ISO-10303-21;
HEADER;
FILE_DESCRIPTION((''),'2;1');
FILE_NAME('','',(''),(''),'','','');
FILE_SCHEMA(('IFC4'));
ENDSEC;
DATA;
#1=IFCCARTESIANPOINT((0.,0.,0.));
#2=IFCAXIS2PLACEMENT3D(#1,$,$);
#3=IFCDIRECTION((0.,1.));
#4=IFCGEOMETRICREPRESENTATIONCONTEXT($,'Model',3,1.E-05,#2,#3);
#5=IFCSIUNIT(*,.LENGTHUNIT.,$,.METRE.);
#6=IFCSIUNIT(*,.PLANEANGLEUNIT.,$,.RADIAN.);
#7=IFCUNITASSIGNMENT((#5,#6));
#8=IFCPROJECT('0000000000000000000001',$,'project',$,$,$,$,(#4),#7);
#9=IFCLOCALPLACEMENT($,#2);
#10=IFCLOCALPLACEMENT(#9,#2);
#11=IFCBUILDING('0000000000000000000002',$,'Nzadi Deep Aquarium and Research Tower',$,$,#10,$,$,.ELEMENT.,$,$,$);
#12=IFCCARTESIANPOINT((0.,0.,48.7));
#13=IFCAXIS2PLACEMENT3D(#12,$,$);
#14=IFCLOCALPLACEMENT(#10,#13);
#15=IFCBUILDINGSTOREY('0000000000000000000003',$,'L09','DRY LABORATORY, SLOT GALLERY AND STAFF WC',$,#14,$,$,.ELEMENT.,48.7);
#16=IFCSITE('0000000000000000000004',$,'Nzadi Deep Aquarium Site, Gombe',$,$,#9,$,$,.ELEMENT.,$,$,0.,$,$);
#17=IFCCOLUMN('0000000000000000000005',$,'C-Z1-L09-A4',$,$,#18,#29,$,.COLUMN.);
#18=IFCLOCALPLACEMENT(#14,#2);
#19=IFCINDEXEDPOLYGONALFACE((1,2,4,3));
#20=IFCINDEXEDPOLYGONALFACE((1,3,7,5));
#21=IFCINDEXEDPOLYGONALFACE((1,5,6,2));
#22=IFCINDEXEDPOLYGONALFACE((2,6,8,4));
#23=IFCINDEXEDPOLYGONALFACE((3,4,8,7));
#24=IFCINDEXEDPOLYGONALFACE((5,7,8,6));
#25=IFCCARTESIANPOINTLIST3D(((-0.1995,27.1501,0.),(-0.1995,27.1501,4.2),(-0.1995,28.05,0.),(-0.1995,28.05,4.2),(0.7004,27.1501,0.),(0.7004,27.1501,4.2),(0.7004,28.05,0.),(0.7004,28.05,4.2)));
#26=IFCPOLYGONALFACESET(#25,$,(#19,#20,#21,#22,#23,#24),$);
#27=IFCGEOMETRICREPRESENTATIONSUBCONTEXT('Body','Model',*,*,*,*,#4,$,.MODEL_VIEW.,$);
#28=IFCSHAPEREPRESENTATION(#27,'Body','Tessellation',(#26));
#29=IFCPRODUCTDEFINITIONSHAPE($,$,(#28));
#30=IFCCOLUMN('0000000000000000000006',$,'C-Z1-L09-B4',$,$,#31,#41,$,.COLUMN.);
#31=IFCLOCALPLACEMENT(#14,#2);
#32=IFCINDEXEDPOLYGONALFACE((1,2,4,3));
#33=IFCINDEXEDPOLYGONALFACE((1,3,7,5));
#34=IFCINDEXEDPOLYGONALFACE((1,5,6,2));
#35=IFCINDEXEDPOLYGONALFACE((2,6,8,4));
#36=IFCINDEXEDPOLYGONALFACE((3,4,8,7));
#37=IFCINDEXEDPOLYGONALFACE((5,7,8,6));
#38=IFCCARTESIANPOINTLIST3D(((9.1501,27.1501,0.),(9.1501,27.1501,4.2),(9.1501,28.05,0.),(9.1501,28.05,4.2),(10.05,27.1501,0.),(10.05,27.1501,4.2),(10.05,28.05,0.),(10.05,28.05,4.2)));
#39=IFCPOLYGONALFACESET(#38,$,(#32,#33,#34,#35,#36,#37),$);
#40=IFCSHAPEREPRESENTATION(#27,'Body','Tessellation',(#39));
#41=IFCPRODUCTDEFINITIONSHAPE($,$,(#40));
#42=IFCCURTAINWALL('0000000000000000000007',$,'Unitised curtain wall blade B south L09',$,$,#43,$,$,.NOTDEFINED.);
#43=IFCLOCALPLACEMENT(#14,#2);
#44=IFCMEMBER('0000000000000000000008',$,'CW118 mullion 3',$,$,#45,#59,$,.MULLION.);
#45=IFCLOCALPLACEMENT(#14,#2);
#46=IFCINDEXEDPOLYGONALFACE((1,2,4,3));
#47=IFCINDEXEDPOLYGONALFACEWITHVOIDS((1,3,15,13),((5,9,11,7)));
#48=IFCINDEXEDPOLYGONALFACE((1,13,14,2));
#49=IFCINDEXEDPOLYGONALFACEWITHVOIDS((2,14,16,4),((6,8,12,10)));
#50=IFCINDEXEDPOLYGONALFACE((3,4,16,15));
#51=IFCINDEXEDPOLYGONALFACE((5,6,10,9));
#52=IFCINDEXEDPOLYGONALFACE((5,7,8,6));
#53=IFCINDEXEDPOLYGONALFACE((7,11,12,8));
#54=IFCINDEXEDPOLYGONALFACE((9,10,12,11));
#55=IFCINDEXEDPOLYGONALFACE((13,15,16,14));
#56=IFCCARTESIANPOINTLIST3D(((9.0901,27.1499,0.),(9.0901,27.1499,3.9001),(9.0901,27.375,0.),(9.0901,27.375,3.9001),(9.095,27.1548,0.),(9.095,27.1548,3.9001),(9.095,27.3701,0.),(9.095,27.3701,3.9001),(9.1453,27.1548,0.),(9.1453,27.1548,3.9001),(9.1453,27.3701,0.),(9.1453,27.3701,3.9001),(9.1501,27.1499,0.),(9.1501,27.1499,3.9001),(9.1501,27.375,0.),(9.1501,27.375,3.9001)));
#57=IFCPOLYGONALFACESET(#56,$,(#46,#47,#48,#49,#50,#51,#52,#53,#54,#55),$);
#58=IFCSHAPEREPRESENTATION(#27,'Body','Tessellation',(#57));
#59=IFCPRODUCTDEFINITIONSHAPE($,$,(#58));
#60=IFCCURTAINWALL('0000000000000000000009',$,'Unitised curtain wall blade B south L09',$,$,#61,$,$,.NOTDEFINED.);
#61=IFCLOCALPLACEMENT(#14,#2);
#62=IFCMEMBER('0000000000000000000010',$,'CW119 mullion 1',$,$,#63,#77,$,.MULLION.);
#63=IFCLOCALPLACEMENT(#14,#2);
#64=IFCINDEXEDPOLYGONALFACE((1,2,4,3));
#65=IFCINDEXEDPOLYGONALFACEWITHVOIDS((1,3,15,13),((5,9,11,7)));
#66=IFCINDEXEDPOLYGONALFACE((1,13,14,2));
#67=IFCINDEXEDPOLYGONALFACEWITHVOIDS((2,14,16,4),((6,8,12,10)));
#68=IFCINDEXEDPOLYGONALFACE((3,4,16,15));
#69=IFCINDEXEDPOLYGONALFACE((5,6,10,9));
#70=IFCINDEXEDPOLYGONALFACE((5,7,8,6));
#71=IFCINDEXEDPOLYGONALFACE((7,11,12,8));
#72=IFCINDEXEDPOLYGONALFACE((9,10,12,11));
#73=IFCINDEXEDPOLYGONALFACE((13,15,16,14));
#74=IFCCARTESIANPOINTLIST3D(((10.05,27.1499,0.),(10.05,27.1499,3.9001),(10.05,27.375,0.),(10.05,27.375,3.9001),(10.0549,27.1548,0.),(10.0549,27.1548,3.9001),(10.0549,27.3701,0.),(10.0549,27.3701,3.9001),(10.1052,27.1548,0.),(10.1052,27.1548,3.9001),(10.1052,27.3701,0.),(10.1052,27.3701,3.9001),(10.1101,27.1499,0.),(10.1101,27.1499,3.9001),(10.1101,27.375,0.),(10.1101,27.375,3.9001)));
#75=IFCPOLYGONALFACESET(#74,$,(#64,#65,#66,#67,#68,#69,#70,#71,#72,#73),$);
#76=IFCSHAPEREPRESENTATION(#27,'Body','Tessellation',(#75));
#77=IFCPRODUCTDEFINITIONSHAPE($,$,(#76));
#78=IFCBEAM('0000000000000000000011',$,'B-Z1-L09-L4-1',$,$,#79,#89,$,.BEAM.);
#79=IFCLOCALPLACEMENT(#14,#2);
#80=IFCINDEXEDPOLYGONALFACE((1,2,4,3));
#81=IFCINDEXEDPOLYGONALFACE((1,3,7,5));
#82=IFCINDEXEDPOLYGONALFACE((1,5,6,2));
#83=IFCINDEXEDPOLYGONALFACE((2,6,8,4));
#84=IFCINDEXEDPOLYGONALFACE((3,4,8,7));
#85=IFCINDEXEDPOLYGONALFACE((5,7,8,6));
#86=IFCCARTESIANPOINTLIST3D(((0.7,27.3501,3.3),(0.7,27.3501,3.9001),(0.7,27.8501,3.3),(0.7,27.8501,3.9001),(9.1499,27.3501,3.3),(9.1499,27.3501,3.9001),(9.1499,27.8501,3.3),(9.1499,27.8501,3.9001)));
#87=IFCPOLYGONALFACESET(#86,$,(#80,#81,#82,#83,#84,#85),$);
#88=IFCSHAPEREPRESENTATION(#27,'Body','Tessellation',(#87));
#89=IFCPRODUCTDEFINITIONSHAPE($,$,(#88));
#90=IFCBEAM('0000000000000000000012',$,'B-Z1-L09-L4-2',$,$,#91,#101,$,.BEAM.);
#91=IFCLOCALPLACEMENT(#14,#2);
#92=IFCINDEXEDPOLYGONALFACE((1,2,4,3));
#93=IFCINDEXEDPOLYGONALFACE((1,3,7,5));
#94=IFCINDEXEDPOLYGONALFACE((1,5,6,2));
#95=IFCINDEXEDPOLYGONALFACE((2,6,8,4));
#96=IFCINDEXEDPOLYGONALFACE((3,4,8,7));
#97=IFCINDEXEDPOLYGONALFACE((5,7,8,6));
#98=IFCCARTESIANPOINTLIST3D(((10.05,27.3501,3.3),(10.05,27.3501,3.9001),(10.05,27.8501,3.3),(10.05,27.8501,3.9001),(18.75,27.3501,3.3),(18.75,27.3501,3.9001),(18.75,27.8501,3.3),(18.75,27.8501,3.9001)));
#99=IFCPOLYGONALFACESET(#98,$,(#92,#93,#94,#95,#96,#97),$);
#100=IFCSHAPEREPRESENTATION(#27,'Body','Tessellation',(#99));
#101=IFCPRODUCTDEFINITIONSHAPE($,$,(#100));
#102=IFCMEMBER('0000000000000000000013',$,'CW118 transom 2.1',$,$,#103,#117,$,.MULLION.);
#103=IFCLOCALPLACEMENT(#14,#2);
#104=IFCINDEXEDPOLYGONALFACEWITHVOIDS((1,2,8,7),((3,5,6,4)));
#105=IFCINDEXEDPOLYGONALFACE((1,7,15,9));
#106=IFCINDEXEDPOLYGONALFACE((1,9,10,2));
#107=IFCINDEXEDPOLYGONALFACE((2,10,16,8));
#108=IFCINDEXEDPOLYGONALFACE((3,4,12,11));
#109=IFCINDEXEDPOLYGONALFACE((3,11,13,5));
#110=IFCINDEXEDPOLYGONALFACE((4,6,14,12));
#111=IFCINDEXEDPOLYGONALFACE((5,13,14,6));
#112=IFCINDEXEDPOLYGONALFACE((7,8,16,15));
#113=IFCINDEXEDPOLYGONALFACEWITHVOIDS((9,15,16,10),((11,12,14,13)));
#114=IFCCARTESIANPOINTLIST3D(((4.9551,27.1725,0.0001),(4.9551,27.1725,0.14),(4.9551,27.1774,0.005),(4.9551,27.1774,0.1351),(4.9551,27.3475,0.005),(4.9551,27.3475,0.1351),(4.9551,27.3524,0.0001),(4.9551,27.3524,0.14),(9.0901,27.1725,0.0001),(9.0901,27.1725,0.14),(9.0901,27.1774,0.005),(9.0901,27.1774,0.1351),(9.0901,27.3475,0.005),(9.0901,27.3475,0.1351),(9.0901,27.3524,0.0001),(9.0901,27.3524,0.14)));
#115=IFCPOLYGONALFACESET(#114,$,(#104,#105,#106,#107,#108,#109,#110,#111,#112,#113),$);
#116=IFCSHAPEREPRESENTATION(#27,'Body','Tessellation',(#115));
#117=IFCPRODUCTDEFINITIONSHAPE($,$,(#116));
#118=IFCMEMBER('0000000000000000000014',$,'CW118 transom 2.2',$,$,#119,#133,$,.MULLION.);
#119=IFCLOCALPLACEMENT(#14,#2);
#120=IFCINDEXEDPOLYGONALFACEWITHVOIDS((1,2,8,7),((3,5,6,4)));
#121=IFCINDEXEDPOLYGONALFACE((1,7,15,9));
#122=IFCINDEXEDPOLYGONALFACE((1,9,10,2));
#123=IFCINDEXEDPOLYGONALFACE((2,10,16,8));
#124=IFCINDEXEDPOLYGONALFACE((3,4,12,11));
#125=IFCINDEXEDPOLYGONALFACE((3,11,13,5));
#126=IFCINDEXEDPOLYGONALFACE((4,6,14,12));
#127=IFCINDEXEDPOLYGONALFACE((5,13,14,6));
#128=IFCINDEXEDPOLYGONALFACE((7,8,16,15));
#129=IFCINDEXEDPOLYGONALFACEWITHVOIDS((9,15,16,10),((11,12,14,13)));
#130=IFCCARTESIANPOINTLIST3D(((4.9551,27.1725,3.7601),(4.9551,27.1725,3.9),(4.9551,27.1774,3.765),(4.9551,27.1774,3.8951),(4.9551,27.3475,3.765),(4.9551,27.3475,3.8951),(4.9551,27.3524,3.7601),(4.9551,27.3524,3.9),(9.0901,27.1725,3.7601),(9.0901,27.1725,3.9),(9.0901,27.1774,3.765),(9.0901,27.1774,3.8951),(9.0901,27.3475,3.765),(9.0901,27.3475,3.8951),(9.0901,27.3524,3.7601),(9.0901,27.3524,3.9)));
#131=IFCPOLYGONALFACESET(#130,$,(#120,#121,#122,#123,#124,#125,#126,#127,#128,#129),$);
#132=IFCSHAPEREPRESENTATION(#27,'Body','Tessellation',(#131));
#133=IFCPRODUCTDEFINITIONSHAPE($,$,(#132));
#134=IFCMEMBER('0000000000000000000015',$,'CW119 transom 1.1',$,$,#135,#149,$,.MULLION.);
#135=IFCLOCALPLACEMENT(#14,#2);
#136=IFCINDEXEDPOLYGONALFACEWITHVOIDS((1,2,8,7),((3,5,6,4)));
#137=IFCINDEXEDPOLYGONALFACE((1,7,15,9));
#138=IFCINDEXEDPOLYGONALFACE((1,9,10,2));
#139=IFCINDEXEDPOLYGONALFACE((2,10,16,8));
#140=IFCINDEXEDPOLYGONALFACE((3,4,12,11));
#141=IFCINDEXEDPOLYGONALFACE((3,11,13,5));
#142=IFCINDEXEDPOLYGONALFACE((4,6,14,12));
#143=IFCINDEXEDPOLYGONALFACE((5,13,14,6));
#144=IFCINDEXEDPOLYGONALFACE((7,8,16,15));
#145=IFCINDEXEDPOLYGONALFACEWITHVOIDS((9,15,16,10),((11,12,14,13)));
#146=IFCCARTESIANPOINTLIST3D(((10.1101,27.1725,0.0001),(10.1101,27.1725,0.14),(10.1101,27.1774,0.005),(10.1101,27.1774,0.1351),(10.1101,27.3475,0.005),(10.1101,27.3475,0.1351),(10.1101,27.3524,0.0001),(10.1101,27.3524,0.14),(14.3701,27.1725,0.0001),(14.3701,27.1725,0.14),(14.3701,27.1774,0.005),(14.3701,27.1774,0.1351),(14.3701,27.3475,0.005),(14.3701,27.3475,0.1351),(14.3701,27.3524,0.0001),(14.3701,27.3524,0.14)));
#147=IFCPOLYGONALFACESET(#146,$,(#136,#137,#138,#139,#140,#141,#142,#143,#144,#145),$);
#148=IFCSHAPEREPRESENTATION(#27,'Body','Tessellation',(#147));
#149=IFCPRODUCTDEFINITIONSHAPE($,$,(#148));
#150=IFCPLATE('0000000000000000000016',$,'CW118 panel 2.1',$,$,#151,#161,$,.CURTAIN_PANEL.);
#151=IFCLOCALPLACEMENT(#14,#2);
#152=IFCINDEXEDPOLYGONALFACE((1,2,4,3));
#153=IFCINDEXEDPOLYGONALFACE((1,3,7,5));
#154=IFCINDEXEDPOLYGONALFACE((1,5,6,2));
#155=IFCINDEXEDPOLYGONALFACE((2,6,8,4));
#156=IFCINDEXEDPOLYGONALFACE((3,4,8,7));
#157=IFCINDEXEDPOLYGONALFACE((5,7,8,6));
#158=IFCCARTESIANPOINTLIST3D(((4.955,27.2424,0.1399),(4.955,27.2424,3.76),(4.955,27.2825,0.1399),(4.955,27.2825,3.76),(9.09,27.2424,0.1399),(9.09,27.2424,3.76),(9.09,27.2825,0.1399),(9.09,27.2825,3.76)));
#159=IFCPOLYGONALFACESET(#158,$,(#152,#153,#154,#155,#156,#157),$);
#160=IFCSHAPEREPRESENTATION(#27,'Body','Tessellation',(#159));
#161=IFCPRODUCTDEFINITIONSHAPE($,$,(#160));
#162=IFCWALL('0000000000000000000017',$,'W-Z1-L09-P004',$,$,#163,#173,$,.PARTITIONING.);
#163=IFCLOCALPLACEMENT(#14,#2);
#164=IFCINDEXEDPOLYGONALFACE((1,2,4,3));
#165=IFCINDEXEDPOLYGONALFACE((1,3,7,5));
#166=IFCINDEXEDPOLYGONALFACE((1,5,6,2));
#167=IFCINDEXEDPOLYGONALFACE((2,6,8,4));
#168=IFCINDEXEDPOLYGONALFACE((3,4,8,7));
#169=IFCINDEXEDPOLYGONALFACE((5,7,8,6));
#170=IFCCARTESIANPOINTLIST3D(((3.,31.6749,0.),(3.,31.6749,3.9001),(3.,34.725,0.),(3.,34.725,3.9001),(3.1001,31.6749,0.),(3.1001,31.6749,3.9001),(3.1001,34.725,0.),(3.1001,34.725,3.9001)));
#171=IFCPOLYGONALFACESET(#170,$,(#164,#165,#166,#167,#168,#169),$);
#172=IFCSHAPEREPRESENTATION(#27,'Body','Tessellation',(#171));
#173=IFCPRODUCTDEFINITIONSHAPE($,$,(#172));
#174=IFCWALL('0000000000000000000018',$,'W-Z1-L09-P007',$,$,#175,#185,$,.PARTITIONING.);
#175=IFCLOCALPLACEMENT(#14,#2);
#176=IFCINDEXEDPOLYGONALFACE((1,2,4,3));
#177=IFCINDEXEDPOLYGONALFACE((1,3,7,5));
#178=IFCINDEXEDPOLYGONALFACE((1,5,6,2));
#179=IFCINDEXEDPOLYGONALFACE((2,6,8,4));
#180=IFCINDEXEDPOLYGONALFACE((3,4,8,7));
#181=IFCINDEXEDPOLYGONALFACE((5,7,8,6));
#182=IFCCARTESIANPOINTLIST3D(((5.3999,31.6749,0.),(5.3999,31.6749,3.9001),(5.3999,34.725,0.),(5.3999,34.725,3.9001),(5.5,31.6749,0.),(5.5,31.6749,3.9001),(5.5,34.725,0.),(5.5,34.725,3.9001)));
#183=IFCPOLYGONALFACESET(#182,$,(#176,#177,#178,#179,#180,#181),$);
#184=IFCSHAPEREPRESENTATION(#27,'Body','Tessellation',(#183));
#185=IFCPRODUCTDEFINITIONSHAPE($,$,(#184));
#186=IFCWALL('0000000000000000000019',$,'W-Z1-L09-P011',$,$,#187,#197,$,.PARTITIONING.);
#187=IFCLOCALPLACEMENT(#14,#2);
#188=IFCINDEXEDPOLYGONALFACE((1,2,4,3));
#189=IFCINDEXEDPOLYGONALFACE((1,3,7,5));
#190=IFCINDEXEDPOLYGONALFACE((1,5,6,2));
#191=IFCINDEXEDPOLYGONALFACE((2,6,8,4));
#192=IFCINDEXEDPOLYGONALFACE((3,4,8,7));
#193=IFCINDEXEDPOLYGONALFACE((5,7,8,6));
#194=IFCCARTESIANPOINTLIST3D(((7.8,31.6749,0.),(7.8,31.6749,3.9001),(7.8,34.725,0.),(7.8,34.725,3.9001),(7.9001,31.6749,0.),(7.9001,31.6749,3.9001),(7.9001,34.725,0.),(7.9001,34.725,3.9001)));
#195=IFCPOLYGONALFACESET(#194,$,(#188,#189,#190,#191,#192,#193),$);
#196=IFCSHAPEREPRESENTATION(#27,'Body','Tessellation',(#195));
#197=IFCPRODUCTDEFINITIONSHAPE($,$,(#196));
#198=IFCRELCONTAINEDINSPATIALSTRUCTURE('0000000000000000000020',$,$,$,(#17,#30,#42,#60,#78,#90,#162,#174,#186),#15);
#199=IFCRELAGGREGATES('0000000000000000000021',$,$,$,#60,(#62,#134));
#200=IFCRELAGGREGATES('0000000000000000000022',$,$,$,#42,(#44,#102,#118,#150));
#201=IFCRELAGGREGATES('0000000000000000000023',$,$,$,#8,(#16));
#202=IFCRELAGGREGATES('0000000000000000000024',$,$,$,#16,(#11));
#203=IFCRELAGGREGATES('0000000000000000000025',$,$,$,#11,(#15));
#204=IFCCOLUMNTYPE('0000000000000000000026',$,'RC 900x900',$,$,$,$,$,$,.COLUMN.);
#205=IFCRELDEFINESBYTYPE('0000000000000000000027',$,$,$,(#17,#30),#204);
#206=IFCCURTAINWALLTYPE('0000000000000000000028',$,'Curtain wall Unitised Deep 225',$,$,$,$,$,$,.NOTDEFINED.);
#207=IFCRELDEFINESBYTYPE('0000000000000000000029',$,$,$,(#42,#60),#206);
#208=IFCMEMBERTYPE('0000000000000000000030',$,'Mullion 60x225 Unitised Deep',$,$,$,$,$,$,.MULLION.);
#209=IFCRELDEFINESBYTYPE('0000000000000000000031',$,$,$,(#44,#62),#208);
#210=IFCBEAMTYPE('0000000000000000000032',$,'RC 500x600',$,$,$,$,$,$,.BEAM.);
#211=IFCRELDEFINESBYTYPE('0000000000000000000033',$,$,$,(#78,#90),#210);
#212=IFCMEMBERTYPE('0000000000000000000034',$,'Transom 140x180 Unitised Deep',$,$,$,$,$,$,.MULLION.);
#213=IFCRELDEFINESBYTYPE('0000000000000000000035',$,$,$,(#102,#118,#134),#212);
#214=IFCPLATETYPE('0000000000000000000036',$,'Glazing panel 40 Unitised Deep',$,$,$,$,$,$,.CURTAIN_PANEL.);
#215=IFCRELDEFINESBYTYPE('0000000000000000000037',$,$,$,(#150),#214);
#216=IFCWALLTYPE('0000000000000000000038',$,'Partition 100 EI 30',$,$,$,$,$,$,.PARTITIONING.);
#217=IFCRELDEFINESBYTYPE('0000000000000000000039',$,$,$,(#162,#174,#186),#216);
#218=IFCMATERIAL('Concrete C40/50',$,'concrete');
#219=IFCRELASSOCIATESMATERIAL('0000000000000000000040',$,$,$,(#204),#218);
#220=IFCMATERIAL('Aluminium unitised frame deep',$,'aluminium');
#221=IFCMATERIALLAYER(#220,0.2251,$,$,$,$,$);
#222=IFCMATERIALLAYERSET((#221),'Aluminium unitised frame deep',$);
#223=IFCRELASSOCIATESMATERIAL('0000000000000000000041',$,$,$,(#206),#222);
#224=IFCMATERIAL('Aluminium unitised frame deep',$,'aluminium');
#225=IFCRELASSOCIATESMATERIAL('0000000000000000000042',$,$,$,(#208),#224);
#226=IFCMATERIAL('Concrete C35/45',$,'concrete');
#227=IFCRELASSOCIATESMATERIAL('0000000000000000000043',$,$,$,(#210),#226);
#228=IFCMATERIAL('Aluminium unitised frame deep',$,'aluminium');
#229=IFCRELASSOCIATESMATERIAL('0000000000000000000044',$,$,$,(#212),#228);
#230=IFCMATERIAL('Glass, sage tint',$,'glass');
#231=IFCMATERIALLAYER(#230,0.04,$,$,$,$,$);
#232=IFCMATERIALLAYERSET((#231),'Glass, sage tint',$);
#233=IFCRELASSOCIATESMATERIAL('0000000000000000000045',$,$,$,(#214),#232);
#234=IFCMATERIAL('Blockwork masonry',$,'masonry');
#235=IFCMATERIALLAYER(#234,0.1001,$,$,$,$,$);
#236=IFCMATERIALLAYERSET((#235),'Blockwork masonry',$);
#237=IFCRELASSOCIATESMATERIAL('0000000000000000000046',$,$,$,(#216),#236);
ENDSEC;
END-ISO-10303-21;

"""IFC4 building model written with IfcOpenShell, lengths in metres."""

from ifc_helpers import new_model, si_unit, direction, frame, frame_2d, origin, origin_2d, place, context, subcontext, project, spatial, rectangle, hollow_rectangle, extrude, material, layer, layer_set, material_profile, profile_set, type_object, element, aggregate, save


model = new_model("IFC4")

# Units and contexts
model_context = context("Model", 3, precision=1e-05, world=origin(), true_north=direction((0.0, 1.0)))
body_context = subcontext(model_context, "Body", "Model", "MODEL_VIEW")
ifc_project = project(units=[si_unit("LENGTHUNIT", "METRE"), si_unit("PLANEANGLEUNIT", "RADIAN")], contexts=[model_context])

# Site, building, storey
site_placement = place(None, origin())
site = spatial("IfcSite", under=ifc_project, at=site_placement, Name="Nzadi Deep Aquarium Site, Gombe", CompositionType="ELEMENT", RefElevation=0.0)
building_placement = place(site_placement, origin())
building = spatial("IfcBuilding", under=site, at=building_placement, Name="Nzadi Deep Aquarium and Research Tower", CompositionType="ELEMENT")
storey_placement = place(building_placement, frame((0.0, 0.0, 48.7)))
storey = spatial("IfcBuildingStorey", under=building, at=storey_placement, Name="L09", Description="DRY LABORATORY, SLOT GALLERY AND STAFF WC", CompositionType="ELEMENT", Elevation=48.7)

# Columns
ifc_material_1 = material(Name="Concrete C40/50", Category="concrete")
ifc_material_profile_1 = material_profile(ifc_material_1, rectangle(XDim=0.8999, YDim=0.8999, at=origin_2d()))
ifc_profile_set_1 = profile_set([ifc_material_profile_1], Name="Concrete C40/50")
column_type = type_object("IfcColumnType", Name="RC 900x900", PredefinedType="COLUMN", material=ifc_profile_set_1)
for number, where, z_axis, x_axis, name in (
    (1, (0.2505, 27.6001, 0.0), (0.0, 0.0, 1.0), (1.0, 0.0, 0.0), "C-Z1-L09-A4"),
    (2, (9.6001, 27.6001, 0.0), (0.0, 0.0, 1.0), (1.0, 0.0, 0.0), "C-Z1-L09-B4"),
):
    element("IfcColumn", number, at=place(storey_placement, frame(where, z_axis=z_axis, x_axis=x_axis)), inside=storey, type_object=column_type, Name=name, PredefinedType="COLUMN", context=body_context, shape_type="SweptSolid", body=[
        extrude(rectangle(XDim=0.8999, YDim=0.8999, at=origin_2d()), origin(), (0.0, 0.0, 1.0), 4.2),
    ])

# Curtain walls, members
ifc_material_2 = material(Name="Aluminium unitised frame deep", Category="aluminium")
ifc_layer_1 = layer(ifc_material_2, 0.2251)
ifc_layer_set_1 = layer_set([ifc_layer_1], Name="Aluminium unitised frame deep")
curtain_wall_type = type_object("IfcCurtainWallType", Name="Curtain wall Unitised Deep 225", PredefinedType="NOTDEFINED", material=ifc_layer_set_1)
curtain_wall_1_placement = place(storey_placement, origin())
curtain_wall_1 = element("IfcCurtainWall", 3, at=curtain_wall_1_placement, inside=storey, type_object=curtain_wall_type, Name="Unitised curtain wall blade B south L09", PredefinedType="NOTDEFINED")
ifc_material_3 = material(Name="Aluminium unitised frame deep", Category="aluminium")
ifc_material_profile_2 = material_profile(ifc_material_3, hollow_rectangle(XDim=0.2251, YDim=0.0601, WallThickness=0.0049, at=origin_2d()))
ifc_profile_set_2 = profile_set([ifc_material_profile_2], Name="Aluminium unitised frame deep")
member_type_1 = type_object("IfcMemberType", Name="Mullion 60x225 Unitised Deep", PredefinedType="MULLION", material=ifc_profile_set_2)
member_1_placement = place(storey_placement, frame((9.1201, 27.2625, 0.0), z_axis=(0.0, 0.0, 1.0), x_axis=(0.0, 1.0, 0.0)))
member_1 = element("IfcMember", 4, at=member_1_placement, type_object=member_type_1, Name="CW118 mullion 3", PredefinedType="MULLION", context=body_context, shape_type="SweptSolid", body=[
    extrude(hollow_rectangle(XDim=0.2251, YDim=0.0601, WallThickness=0.0049, at=origin_2d()), origin(), (0.0, 0.0, 1.0), 3.9001),
])
curtain_wall_2_placement = place(storey_placement, origin())
curtain_wall_2 = element("IfcCurtainWall", 5, at=curtain_wall_2_placement, inside=storey, type_object=curtain_wall_type, Name="Unitised curtain wall blade B south L09", PredefinedType="NOTDEFINED")
member_2_placement = place(storey_placement, frame((10.0801, 27.2625, 0.0), z_axis=(0.0, 0.0, 1.0), x_axis=(0.0, 1.0, 0.0)))
member_2 = element("IfcMember", 6, at=member_2_placement, type_object=member_type_1, Name="CW119 mullion 1", PredefinedType="MULLION", context=body_context, shape_type="SweptSolid", body=[
    extrude(hollow_rectangle(XDim=0.2251, YDim=0.0601, WallThickness=0.0049, at=origin_2d()), origin(), (0.0, 0.0, 1.0), 3.9001),
])

# Beams
ifc_material_4 = material(Name="Concrete C35/45", Category="concrete")
ifc_material_profile_3 = material_profile(ifc_material_4, rectangle(XDim=0.5, YDim=0.6001, at=origin_2d()))
ifc_profile_set_3 = profile_set([ifc_material_profile_3], Name="Concrete C35/45")
beam_type = type_object("IfcBeamType", Name="RC 500x600", PredefinedType="BEAM", material=ifc_profile_set_3)
beam_1_placement = place(storey_placement, frame((0.7, 27.6001, 3.6001), z_axis=(1.0, 0.0, 0.0), x_axis=(0.0, 1.0, 0.0)))
element("IfcBeam", 7, at=beam_1_placement, inside=storey, type_object=beam_type, Name="B-Z1-L09-L4-1", PredefinedType="BEAM", context=body_context, shape_type="SweptSolid", body=[
    extrude(rectangle(XDim=0.5, YDim=0.6001, at=origin_2d()), origin(), (0.0, 0.0, 1.0), 8.45),
])
beam_2_placement = place(storey_placement, frame((10.05, 27.6001, 3.6001), z_axis=(1.0, 0.0, 0.0), x_axis=(0.0, 1.0, 0.0)))
element("IfcBeam", 8, at=beam_2_placement, inside=storey, type_object=beam_type, Name="B-Z1-L09-L4-2", PredefinedType="BEAM", context=body_context, shape_type="SweptSolid", body=[
    extrude(rectangle(XDim=0.5, YDim=0.6001, at=origin_2d()), origin(), (0.0, 0.0, 1.0), 8.7),
])

# Members
ifc_material_5 = material(Name="Aluminium unitised frame deep", Category="aluminium")
ifc_material_profile_4 = material_profile(ifc_material_5, hollow_rectangle(XDim=0.1799, YDim=0.1399, WallThickness=0.0049, at=origin_2d()))
ifc_profile_set_4 = profile_set([ifc_material_profile_4], Name="Aluminium unitised frame deep")
member_type_2 = type_object("IfcMemberType", Name="Transom 140x180 Unitised Deep", PredefinedType="MULLION", material=ifc_profile_set_4)
member_3_placement = place(storey_placement, frame((4.9551, 27.2625, 0.0701), z_axis=(1.0, 0.0, 0.0), x_axis=(0.0, 1.0, 0.0)))
member_3 = element("IfcMember", 9, at=member_3_placement, type_object=member_type_2, Name="CW118 transom 2.1", PredefinedType="MULLION", context=body_context, shape_type="SweptSolid", body=[
    extrude(hollow_rectangle(XDim=0.1799, YDim=0.1399, WallThickness=0.0049, at=origin_2d()), origin(), (0.0, 0.0, 1.0), 4.135),
])
member_4_placement = place(storey_placement, frame((4.9551, 27.2625, 3.8301), z_axis=(1.0, 0.0, 0.0), x_axis=(0.0, 1.0, 0.0)))
member_4 = element("IfcMember", 10, at=member_4_placement, type_object=member_type_2, Name="CW118 transom 2.2", PredefinedType="MULLION", context=body_context, shape_type="SweptSolid", body=[
    extrude(hollow_rectangle(XDim=0.1799, YDim=0.1399, WallThickness=0.0049, at=origin_2d()), origin(), (0.0, 0.0, 1.0), 4.135),
])
member_5_placement = place(storey_placement, frame((10.1101, 27.2625, 0.0701), z_axis=(1.0, 0.0, 0.0), x_axis=(0.0, 1.0, 0.0)))
member_5 = element("IfcMember", 11, at=member_5_placement, type_object=member_type_2, Name="CW119 transom 1.1", PredefinedType="MULLION", context=body_context, shape_type="SweptSolid", body=[
    extrude(hollow_rectangle(XDim=0.1799, YDim=0.1399, WallThickness=0.0049, at=origin_2d()), origin(), (0.0, 0.0, 1.0), 4.26),
])
aggregate(curtain_wall_2, [member_2, member_5])

# Plate
ifc_material_6 = material(Name="Glass, sage tint", Category="glass")
ifc_layer_2 = layer(ifc_material_6, 0.04)
ifc_layer_set_2 = layer_set([ifc_layer_2], Name="Glass, sage tint")
plate_type = type_object("IfcPlateType", Name="Glazing panel 40 Unitised Deep", PredefinedType="CURTAIN_PANEL", material=ifc_layer_set_2)
plate_placement = place(storey_placement, frame((7.0225, 27.2625, 0.1399), z_axis=(0.0, 0.0, 1.0), x_axis=(1.0, 0.0, 0.0)))
plate = element("IfcPlate", 12, at=plate_placement, type_object=plate_type, Name="CW118 panel 2.1", PredefinedType="CURTAIN_PANEL", context=body_context, shape_type="SweptSolid", body=[
    extrude(rectangle(XDim=4.135, YDim=0.04, at=origin_2d()), origin(), (0.0, 0.0, 1.0), 3.6201),
])
aggregate(curtain_wall_1, [member_1, member_3, member_4, plate])

# Walls
ifc_material_7 = material(Name="Blockwork masonry", Category="masonry")
ifc_layer_3 = layer(ifc_material_7, 0.1001)
ifc_layer_set_3 = layer_set([ifc_layer_3], Name="Blockwork masonry")
wall_type_1 = type_object("IfcWallType", Name="Partition 100 EI 30", PredefinedType="PARTITIONING", material=ifc_layer_set_3)
for number, where, z_axis, x_axis, name in (
    (13, (3.05, 31.675, 0.0), (0.0, 0.0, 1.0), (0.0, 1.0, 0.0), "W-Z1-L09-P004"),
    (14, (5.45, 31.675, 0.0), (0.0, 0.0, 1.0), (0.0, 1.0, 0.0), "W-Z1-L09-P007"),
    (15, (7.8501, 31.675, 0.0), (0.0, 0.0, 1.0), (0.0, 1.0, 0.0), "W-Z1-L09-P011"),
):
    element("IfcWall", number, at=place(storey_placement, frame(where, z_axis=z_axis, x_axis=x_axis)), inside=storey, type_object=wall_type_1, Name=name, PredefinedType="PARTITIONING", context=body_context, shape_type="SweptSolid", body=[
        extrude(rectangle(XDim=3.05, YDim=0.1001, at=frame_2d((1.5249, 0.0))), origin(), (0.0, 0.0, 1.0), 3.9001),
    ])

save(model, "model.ifc")
